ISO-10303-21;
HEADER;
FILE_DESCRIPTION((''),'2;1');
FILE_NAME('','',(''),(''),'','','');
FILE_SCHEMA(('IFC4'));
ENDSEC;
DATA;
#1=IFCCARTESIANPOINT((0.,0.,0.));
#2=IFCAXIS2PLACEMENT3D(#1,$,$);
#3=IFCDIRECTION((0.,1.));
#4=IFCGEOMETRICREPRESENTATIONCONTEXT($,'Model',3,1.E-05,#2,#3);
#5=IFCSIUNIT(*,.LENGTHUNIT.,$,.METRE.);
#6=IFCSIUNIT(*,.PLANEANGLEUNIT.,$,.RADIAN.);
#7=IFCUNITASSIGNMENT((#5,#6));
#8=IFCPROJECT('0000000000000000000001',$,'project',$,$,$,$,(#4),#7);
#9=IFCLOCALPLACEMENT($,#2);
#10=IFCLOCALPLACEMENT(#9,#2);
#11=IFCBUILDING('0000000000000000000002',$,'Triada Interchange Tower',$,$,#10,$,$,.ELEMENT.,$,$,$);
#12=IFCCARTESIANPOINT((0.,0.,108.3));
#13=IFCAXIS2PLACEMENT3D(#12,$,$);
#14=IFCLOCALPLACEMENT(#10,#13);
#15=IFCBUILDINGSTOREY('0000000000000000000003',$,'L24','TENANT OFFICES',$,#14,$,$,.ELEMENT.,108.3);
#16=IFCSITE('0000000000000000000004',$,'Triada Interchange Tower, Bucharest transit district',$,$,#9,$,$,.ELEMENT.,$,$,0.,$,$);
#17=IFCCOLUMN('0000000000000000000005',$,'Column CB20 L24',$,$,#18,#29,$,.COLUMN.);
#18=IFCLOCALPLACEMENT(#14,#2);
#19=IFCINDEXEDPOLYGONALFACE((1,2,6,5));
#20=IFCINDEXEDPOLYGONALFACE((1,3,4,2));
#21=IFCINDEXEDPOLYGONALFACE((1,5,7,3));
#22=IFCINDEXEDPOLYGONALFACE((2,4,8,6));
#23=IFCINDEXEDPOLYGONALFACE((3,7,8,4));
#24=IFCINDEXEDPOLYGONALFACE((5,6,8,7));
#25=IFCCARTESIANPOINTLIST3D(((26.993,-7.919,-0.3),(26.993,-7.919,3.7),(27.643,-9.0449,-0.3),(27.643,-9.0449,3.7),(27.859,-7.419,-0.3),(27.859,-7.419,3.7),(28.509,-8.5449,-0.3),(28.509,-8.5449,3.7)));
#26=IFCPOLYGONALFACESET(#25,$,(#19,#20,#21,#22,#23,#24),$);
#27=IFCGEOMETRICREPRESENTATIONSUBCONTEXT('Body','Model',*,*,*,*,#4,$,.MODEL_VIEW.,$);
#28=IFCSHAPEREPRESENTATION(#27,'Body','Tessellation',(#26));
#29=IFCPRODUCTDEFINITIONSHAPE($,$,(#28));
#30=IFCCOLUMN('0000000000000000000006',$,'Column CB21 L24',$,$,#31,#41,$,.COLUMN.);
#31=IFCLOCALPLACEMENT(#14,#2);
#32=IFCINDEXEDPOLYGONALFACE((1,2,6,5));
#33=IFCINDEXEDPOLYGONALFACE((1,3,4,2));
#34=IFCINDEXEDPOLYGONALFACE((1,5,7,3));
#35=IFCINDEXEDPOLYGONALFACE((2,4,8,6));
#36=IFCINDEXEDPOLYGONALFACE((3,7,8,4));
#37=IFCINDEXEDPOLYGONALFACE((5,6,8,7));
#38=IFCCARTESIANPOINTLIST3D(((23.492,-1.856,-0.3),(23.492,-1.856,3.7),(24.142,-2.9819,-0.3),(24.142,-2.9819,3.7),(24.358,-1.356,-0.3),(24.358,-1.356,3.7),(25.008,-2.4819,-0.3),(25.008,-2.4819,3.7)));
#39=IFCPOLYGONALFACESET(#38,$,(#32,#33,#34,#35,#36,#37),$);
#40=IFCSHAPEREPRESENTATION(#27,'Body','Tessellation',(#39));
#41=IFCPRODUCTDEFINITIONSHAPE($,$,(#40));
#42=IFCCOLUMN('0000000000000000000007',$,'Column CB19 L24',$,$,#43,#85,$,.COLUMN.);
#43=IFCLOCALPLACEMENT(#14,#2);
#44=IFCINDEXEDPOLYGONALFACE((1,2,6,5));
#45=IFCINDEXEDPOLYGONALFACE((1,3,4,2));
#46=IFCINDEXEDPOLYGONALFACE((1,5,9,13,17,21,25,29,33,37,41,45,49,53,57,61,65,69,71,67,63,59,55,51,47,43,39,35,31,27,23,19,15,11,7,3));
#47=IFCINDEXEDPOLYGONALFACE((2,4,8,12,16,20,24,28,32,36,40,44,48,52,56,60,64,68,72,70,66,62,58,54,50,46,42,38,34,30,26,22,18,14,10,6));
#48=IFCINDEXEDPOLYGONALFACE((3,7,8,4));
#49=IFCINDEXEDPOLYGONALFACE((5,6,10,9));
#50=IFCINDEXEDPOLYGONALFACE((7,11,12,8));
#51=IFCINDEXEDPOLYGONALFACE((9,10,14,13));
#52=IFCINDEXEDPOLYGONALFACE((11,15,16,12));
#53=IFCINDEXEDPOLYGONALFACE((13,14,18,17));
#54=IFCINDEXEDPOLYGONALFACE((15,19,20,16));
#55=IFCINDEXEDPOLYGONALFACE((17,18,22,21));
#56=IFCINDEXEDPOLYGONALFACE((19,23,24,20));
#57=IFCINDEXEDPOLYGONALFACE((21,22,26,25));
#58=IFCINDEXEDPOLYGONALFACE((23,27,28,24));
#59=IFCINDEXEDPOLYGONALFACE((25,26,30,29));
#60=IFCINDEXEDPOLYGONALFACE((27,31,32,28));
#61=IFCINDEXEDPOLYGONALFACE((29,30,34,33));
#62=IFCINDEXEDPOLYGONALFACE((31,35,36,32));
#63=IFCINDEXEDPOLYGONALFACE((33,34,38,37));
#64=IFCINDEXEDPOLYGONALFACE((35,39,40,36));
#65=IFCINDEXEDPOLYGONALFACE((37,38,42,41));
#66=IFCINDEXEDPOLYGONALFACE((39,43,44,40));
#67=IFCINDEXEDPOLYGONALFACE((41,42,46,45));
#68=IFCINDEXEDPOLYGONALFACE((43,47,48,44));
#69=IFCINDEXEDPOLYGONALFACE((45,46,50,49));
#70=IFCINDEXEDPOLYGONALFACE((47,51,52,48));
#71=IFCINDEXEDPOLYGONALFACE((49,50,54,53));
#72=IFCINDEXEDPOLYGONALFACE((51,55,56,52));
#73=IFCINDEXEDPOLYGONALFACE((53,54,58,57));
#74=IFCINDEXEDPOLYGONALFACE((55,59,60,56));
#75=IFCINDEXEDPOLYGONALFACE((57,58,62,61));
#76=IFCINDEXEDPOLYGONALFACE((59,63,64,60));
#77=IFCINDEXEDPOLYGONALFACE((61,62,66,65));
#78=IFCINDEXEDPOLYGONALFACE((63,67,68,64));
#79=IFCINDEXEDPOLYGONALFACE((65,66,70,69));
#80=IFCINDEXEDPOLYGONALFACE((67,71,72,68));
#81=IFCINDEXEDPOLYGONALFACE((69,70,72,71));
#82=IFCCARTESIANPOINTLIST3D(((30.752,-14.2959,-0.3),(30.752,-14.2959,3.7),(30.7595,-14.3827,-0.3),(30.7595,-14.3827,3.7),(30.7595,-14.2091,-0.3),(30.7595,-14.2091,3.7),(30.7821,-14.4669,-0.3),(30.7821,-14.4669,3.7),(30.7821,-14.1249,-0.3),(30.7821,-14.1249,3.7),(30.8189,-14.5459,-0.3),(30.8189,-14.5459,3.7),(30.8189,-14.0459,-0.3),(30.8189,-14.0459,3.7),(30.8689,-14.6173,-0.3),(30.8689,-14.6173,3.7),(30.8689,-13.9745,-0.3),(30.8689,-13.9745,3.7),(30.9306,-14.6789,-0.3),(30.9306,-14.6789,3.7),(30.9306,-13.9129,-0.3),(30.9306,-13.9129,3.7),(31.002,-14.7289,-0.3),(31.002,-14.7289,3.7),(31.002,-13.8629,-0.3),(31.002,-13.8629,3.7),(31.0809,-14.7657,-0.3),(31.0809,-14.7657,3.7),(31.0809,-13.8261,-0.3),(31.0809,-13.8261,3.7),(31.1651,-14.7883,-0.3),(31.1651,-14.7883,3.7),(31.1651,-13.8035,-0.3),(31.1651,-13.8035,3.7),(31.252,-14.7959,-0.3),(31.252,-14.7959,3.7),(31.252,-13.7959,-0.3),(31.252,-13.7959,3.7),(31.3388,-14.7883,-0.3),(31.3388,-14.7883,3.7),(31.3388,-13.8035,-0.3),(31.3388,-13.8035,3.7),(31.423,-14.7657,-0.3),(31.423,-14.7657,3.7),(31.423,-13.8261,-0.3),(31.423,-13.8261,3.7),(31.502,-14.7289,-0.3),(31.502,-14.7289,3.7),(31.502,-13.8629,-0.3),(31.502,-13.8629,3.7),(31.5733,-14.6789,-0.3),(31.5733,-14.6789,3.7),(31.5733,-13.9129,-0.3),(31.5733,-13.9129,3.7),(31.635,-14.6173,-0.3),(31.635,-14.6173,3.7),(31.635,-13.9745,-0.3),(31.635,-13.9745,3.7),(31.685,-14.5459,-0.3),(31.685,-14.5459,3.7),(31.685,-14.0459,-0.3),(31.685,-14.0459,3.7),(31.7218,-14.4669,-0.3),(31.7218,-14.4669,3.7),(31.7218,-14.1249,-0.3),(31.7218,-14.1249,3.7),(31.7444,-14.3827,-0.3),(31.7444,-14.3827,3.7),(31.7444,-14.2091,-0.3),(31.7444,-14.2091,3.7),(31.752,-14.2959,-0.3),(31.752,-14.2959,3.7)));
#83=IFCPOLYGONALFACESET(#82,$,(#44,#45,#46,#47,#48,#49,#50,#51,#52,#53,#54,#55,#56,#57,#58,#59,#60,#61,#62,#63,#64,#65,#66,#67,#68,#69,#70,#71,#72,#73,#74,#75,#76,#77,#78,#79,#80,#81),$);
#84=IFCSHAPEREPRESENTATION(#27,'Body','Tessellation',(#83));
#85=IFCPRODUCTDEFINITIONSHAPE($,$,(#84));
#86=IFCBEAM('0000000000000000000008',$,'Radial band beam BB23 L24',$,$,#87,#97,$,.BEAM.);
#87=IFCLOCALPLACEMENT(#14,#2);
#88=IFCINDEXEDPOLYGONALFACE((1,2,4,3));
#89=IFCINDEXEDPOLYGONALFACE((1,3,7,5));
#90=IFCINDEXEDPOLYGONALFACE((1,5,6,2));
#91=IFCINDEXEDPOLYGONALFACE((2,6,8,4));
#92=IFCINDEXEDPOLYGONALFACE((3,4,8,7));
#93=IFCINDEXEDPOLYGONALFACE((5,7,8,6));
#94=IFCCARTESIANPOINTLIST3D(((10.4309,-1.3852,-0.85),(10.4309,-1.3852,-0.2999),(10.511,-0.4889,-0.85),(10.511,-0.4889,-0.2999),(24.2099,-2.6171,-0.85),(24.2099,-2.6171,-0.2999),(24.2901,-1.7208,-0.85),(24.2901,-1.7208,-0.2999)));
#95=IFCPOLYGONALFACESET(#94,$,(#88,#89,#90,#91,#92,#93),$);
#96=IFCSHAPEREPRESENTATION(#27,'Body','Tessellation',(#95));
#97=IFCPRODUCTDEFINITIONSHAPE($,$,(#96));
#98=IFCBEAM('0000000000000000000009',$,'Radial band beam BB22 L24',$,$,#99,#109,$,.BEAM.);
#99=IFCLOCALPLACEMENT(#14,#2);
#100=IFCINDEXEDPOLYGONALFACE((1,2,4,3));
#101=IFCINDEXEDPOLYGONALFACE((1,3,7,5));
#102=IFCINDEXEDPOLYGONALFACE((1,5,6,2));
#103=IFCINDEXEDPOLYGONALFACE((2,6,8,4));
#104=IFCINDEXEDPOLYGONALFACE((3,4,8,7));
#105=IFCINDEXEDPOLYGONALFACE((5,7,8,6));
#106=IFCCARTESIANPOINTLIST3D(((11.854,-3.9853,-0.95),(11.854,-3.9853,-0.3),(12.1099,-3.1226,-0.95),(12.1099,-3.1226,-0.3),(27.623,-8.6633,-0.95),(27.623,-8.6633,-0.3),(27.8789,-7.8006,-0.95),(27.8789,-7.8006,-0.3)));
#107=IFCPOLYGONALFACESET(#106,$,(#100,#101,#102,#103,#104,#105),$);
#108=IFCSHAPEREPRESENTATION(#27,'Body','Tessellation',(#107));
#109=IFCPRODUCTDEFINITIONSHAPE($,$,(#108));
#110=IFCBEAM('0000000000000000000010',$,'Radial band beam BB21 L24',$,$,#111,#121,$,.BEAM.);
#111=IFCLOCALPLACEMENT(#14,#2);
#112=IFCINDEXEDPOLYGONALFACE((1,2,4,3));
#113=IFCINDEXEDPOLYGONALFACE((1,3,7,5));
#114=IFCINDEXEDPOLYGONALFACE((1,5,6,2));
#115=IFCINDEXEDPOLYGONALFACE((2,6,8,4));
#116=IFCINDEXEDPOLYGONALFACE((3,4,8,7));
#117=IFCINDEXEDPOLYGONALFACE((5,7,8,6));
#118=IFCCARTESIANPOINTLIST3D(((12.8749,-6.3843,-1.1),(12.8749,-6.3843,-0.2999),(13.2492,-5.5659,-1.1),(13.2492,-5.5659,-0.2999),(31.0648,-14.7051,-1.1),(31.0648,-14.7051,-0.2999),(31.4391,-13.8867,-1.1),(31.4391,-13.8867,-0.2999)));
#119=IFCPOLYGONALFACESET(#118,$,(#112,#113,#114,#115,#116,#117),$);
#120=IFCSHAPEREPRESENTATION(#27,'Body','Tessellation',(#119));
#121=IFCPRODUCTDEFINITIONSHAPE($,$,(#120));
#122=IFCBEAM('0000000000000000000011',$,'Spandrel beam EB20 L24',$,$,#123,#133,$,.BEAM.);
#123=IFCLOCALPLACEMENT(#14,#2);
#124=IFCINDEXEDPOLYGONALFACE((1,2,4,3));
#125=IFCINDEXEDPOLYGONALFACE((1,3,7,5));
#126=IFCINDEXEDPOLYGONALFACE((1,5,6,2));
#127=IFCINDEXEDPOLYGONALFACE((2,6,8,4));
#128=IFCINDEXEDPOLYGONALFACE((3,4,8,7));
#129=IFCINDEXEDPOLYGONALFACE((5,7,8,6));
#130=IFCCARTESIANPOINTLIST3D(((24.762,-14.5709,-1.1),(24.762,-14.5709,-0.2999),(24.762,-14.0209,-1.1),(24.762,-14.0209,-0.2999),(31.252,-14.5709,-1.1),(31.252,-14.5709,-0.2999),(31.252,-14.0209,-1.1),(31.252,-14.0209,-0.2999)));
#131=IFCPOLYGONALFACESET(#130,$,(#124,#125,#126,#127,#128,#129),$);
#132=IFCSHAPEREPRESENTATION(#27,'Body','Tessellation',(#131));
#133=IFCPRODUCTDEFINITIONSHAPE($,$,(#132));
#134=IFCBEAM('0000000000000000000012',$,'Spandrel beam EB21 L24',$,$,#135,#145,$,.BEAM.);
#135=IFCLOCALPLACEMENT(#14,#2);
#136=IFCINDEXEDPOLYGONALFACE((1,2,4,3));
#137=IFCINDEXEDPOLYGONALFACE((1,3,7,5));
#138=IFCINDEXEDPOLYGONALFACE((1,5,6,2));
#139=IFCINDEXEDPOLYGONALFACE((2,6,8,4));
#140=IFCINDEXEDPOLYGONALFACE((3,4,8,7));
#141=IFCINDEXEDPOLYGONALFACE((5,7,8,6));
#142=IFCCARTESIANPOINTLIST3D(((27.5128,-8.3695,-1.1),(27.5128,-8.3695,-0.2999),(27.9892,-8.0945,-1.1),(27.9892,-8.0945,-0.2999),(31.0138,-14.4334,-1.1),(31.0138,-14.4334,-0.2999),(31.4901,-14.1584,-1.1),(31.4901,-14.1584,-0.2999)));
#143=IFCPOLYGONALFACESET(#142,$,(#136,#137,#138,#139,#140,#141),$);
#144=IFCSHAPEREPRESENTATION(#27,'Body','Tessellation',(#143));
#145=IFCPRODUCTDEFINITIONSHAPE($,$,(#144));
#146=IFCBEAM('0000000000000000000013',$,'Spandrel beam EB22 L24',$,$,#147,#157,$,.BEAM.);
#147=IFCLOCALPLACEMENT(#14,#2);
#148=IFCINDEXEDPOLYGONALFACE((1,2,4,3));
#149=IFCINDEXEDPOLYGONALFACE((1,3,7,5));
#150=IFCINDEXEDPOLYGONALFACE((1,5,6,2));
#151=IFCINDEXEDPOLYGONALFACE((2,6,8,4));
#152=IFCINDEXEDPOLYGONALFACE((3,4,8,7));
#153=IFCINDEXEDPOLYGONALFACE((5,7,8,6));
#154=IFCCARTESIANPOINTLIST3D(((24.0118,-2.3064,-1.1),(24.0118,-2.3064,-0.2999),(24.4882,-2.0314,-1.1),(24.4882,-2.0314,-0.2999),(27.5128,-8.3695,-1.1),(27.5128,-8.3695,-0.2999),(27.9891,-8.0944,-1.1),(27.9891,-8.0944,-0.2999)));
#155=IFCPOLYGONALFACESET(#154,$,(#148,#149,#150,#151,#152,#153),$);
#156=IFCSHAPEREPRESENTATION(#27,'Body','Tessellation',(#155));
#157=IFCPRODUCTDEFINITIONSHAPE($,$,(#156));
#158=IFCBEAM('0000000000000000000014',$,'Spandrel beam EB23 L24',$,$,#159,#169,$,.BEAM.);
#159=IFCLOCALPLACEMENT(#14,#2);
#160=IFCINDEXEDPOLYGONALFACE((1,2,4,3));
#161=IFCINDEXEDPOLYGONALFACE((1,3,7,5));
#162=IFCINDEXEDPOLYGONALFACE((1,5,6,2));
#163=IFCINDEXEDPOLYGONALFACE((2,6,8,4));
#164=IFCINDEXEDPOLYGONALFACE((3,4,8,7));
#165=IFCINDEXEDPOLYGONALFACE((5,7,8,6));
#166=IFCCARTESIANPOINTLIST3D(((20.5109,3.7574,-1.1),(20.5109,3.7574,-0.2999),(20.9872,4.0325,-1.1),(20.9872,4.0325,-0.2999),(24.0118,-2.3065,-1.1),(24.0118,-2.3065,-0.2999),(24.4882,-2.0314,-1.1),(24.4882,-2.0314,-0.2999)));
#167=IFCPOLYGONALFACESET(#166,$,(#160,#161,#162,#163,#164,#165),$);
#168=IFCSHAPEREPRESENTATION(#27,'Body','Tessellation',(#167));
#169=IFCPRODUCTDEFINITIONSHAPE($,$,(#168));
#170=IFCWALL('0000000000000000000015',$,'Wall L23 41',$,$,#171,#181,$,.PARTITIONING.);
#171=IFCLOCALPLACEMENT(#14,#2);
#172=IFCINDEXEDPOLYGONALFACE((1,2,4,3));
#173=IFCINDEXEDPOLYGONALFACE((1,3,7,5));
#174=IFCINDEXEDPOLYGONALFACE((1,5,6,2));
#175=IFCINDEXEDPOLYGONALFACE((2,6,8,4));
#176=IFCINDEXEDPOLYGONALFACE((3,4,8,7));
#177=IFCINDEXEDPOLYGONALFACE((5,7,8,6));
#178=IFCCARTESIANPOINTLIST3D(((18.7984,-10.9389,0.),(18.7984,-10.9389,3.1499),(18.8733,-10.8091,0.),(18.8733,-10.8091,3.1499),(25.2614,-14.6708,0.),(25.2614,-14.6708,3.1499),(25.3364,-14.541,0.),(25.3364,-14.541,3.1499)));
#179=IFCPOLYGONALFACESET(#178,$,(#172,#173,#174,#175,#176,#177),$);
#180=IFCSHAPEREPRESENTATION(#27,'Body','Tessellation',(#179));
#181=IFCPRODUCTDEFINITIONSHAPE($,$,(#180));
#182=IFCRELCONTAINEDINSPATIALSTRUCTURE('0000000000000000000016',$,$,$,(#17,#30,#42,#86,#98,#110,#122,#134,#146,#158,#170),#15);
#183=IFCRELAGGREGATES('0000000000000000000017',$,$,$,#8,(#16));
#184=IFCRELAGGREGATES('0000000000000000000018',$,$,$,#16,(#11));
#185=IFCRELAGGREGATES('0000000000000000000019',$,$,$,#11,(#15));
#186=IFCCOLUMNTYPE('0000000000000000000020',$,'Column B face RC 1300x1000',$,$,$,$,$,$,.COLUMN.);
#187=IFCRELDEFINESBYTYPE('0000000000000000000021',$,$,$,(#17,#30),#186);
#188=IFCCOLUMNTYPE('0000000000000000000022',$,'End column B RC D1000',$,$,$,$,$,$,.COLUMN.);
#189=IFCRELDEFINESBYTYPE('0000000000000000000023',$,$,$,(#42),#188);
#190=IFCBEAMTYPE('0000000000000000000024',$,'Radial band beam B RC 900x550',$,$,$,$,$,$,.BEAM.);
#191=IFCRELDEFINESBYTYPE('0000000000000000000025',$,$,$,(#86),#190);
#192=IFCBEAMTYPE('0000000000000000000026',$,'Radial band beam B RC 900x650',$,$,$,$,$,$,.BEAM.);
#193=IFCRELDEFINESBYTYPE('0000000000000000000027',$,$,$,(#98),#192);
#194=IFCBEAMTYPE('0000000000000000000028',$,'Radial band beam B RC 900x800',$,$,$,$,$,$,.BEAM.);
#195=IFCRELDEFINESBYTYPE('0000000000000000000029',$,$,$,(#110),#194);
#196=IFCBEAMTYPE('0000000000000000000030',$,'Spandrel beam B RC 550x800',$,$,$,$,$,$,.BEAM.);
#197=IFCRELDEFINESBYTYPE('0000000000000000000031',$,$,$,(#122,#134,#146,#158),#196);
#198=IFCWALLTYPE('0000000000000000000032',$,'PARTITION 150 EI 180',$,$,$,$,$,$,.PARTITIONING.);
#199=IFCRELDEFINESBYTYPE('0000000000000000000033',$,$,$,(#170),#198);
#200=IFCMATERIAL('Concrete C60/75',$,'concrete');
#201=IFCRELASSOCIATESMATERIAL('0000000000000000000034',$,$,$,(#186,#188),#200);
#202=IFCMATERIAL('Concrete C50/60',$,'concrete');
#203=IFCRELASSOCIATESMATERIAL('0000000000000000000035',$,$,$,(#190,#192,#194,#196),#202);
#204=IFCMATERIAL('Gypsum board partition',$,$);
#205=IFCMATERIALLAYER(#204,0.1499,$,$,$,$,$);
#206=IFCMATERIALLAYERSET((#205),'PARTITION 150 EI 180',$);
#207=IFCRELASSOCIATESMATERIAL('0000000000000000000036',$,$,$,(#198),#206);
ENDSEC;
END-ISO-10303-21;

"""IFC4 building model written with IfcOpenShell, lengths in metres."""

from ifc_helpers import new_model, si_unit, direction, frame, frame_2d, origin, origin_2d, place, context, subcontext, project, spatial, rectangle, circle, extrude, material, layer, layer_set, material_profile, profile_set, type_object, element, save


model = new_model("IFC4")

# Units and contexts
model_context = context("Model", 3, precision=1e-05, world=origin(), true_north=direction((0.0, 1.0)))
body_context = subcontext(model_context, "Body", "Model", "MODEL_VIEW")
ifc_project = project(units=[si_unit("LENGTHUNIT", "METRE"), si_unit("PLANEANGLEUNIT", "RADIAN")], contexts=[model_context])

# Site, building, storey
site_placement = place(None, origin())
site = spatial("IfcSite", under=ifc_project, at=site_placement, Name="Triada Interchange Tower, Bucharest transit district", CompositionType="ELEMENT", RefElevation=0.0)
building_placement = place(site_placement, origin())
building = spatial("IfcBuilding", under=site, at=building_placement, Name="Triada Interchange Tower", CompositionType="ELEMENT")
storey_placement = place(building_placement, frame((0.0, 0.0, 108.3)))
storey = spatial("IfcBuildingStorey", under=building, at=storey_placement, Name="L24", Description="TENANT OFFICES", CompositionType="ELEMENT", Elevation=108.3)

# Columns
ifc_material_1 = material(Name="Concrete C60/75", Category="concrete")
ifc_material_profile_1 = material_profile(ifc_material_1, rectangle(XDim=1.3, YDim=1.0, at=origin_2d()), Name="RC 1300x1000")
ifc_profile_set_1 = profile_set([ifc_material_profile_1], Name="Concrete C60/75")
column_type_1 = type_object("IfcColumnType", Name="Column B face RC 1300x1000", PredefinedType="COLUMN", material=ifc_profile_set_1)
for number, where, z_axis, x_axis, name in (
    (1, (27.751, -8.2319, -0.3), (0.0, 0.0, 1.0), (-0.5, 0.866025, 0.0), "Column CB20 L24"),
    (2, (24.25, -2.1689, -0.3), (0.0, 0.0, 1.0), (-0.5, 0.866025, 0.0), "Column CB21 L24"),
):
    element("IfcColumn", number, at=place(storey_placement, frame(where, z_axis=z_axis, x_axis=x_axis)), inside=storey, type_object=column_type_1, Name=name, PredefinedType="COLUMN", context=body_context, shape_type="SweptSolid", body=[
        extrude(rectangle(XDim=1.3, YDim=1.0, at=origin_2d()), origin(), (0.0, 0.0, 1.0), 4.0),
    ])
ifc_material_profile_2 = material_profile(ifc_material_1, circle(Radius=0.5, at=origin_2d()), Name="RC D1000")
ifc_profile_set_2 = profile_set([ifc_material_profile_2], Name="Concrete C60/75")
column_type_2 = type_object("IfcColumnType", Name="End column B RC D1000", PredefinedType="COLUMN", material=ifc_profile_set_2)
column_placement = place(storey_placement, frame((31.252, -14.2959, -0.3), z_axis=(0.0, 0.0, 1.0), x_axis=(-0.5, 0.866025, 0.0)))
element("IfcColumn", 3, at=column_placement, inside=storey, type_object=column_type_2, Name="Column CB19 L24", PredefinedType="COLUMN", context=body_context, shape_type="SweptSolid", body=[
    extrude(circle(Radius=0.5, at=origin_2d()), origin(), (0.0, 0.0, 1.0), 4.0),
])

# Beams
ifc_material_2 = material(Name="Concrete C50/60", Category="concrete")
ifc_material_profile_3 = material_profile(ifc_material_2, rectangle(XDim=0.8999, YDim=0.55, at=origin_2d()), Name="RC 900x550")
ifc_profile_set_3 = profile_set([ifc_material_profile_3], Name="Concrete C50/60")
beam_type_1 = type_object("IfcBeamType", Name="Radial band beam B RC 900x550", PredefinedType="BEAM", material=ifc_profile_set_3)
beam_1_placement = place(storey_placement, frame((24.25, -2.1689, -0.575), z_axis=(-0.996027, 0.089051, 0.0), x_axis=(-0.089051, -0.996027, 0.0)))
element("IfcBeam", 4, at=beam_1_placement, inside=storey, type_object=beam_type_1, Name="Radial band beam BB23 L24", PredefinedType="BEAM", context=body_context, shape_type="SweptSolid", body=[
    extrude(rectangle(XDim=0.8999, YDim=0.55, at=origin_2d()), origin(), (0.0, 0.0, 1.0), 13.834),
])
ifc_material_profile_4 = material_profile(ifc_material_2, rectangle(XDim=0.8999, YDim=0.6499, at=origin_2d()), Name="RC 900x650")
ifc_profile_set_4 = profile_set([ifc_material_profile_4], Name="Concrete C50/60")
beam_type_2 = type_object("IfcBeamType", Name="Radial band beam B RC 900x650", PredefinedType="BEAM", material=ifc_profile_set_4)
beam_2_placement = place(storey_placement, frame((27.751, -8.2319, -0.625), z_axis=(-0.958704, 0.284405, 0.0), x_axis=(-0.284405, -0.958704, 0.0)))
element("IfcBeam", 5, at=beam_2_placement, inside=storey, type_object=beam_type_2, Name="Radial band beam BB22 L24", PredefinedType="BEAM", context=body_context, shape_type="SweptSolid", body=[
    extrude(rectangle(XDim=0.8999, YDim=0.6499, at=origin_2d()), origin(), (0.0, 0.0, 1.0), 16.4482),
])
ifc_material_profile_5 = material_profile(ifc_material_2, rectangle(XDim=0.8999, YDim=0.8, at=origin_2d()), Name="RC 900x800")
ifc_profile_set_5 = profile_set([ifc_material_profile_5], Name="Concrete C50/60")
beam_type_3 = type_object("IfcBeamType", Name="Radial band beam B RC 900x800", PredefinedType="BEAM", material=ifc_profile_set_5)
beam_3_placement = place(storey_placement, frame((31.252, -14.2959, -0.7), z_axis=(-0.909372, 0.415983, 0.0), x_axis=(-0.415983, -0.909372, 0.0)))
element("IfcBeam", 6, at=beam_3_placement, inside=storey, type_object=beam_type_3, Name="Radial band beam BB21 L24", PredefinedType="BEAM", context=body_context, shape_type="SweptSolid", body=[
    extrude(rectangle(XDim=0.8999, YDim=0.8, at=origin_2d()), origin(), (0.0, 0.0, 1.0), 20.0027),
])
ifc_material_profile_6 = material_profile(ifc_material_2, rectangle(XDim=0.55, YDim=0.8, at=origin_2d()), Name="RC 550x800")
ifc_profile_set_6 = profile_set([ifc_material_profile_6], Name="Concrete C50/60")
beam_type_4 = type_object("IfcBeamType", Name="Spandrel beam B RC 550x800", PredefinedType="BEAM", material=ifc_profile_set_6)
beam_4_placement = place(storey_placement, frame((24.762, -14.2959, -0.7), z_axis=(1.0, 0.0, 0.0), x_axis=(0.0, 1.0, 0.0)))
element("IfcBeam", 7, at=beam_4_placement, inside=storey, type_object=beam_type_4, Name="Spandrel beam EB20 L24", PredefinedType="BEAM", context=body_context, shape_type="SweptSolid", body=[
    extrude(rectangle(XDim=0.55, YDim=0.8, at=origin_2d()), origin(), (0.0, 0.0, 1.0), 6.49),
])
beam_5_placement = place(storey_placement, frame((31.252, -14.2959, -0.7), z_axis=(-0.499994, 0.866029, 0.0), x_axis=(-0.866029, -0.499994, 0.0)))
element("IfcBeam", 8, at=beam_5_placement, inside=storey, type_object=beam_type_4, Name="Spandrel beam EB21 L24", PredefinedType="BEAM", context=body_context, shape_type="SweptSolid", body=[
    extrude(rectangle(XDim=0.55, YDim=0.8, at=origin_2d()), origin(), (0.0, 0.0, 1.0), 7.002),
])
beam_6_placement = place(storey_placement, frame((27.751, -8.2319, -0.7), z_axis=(-0.500054, 0.865994, 0.0), x_axis=(-0.865994, -0.500054, 0.0)))
element("IfcBeam", 9, at=beam_6_placement, inside=storey, type_object=beam_type_4, Name="Spandrel beam EB22 L24", PredefinedType="BEAM", context=body_context, shape_type="SweptSolid", body=[
    extrude(rectangle(XDim=0.55, YDim=0.8, at=origin_2d()), origin(), (0.0, 0.0, 1.0), 7.0012),
])
beam_7_placement = place(storey_placement, frame((24.25, -2.1689, -0.7), z_axis=(-0.499994, 0.866029, 0.0), x_axis=(-0.866029, -0.499994, 0.0)))
element("IfcBeam", 10, at=beam_7_placement, inside=storey, type_object=beam_type_4, Name="Spandrel beam EB23 L24", PredefinedType="BEAM", context=body_context, shape_type="SweptSolid", body=[
    extrude(rectangle(XDim=0.55, YDim=0.8, at=origin_2d()), origin(), (0.0, 0.0, 1.0), 7.002),
])

# Wall
ifc_material_3 = material(Name="Gypsum board partition")
ifc_layer_1 = layer(ifc_material_3, 0.1499)
ifc_layer_set_1 = layer_set([ifc_layer_1], Name="PARTITION 150 EI 180")
wall_type_1 = type_object("IfcWallType", Name="PARTITION 150 EI 180", PredefinedType="PARTITIONING", material=ifc_layer_set_1)
wall_1_placement = place(storey_placement, frame((18.8359, -10.874, 0.0), z_axis=(0.0, 0.0, 1.0), x_axis=(0.866, -0.500044, 0.0)))
element("IfcWall", 11, at=wall_1_placement, inside=storey, type_object=wall_type_1, Name="Wall L23 41", PredefinedType="PARTITIONING", context=body_context, shape_type="SweptSolid", body=[
    extrude(rectangle(XDim=7.4631, YDim=0.1499, at=frame_2d((3.7314, 0.0))), origin(), (0.0, 0.0, 1.0), 3.1499),
])

save(model, "model.ifc")
